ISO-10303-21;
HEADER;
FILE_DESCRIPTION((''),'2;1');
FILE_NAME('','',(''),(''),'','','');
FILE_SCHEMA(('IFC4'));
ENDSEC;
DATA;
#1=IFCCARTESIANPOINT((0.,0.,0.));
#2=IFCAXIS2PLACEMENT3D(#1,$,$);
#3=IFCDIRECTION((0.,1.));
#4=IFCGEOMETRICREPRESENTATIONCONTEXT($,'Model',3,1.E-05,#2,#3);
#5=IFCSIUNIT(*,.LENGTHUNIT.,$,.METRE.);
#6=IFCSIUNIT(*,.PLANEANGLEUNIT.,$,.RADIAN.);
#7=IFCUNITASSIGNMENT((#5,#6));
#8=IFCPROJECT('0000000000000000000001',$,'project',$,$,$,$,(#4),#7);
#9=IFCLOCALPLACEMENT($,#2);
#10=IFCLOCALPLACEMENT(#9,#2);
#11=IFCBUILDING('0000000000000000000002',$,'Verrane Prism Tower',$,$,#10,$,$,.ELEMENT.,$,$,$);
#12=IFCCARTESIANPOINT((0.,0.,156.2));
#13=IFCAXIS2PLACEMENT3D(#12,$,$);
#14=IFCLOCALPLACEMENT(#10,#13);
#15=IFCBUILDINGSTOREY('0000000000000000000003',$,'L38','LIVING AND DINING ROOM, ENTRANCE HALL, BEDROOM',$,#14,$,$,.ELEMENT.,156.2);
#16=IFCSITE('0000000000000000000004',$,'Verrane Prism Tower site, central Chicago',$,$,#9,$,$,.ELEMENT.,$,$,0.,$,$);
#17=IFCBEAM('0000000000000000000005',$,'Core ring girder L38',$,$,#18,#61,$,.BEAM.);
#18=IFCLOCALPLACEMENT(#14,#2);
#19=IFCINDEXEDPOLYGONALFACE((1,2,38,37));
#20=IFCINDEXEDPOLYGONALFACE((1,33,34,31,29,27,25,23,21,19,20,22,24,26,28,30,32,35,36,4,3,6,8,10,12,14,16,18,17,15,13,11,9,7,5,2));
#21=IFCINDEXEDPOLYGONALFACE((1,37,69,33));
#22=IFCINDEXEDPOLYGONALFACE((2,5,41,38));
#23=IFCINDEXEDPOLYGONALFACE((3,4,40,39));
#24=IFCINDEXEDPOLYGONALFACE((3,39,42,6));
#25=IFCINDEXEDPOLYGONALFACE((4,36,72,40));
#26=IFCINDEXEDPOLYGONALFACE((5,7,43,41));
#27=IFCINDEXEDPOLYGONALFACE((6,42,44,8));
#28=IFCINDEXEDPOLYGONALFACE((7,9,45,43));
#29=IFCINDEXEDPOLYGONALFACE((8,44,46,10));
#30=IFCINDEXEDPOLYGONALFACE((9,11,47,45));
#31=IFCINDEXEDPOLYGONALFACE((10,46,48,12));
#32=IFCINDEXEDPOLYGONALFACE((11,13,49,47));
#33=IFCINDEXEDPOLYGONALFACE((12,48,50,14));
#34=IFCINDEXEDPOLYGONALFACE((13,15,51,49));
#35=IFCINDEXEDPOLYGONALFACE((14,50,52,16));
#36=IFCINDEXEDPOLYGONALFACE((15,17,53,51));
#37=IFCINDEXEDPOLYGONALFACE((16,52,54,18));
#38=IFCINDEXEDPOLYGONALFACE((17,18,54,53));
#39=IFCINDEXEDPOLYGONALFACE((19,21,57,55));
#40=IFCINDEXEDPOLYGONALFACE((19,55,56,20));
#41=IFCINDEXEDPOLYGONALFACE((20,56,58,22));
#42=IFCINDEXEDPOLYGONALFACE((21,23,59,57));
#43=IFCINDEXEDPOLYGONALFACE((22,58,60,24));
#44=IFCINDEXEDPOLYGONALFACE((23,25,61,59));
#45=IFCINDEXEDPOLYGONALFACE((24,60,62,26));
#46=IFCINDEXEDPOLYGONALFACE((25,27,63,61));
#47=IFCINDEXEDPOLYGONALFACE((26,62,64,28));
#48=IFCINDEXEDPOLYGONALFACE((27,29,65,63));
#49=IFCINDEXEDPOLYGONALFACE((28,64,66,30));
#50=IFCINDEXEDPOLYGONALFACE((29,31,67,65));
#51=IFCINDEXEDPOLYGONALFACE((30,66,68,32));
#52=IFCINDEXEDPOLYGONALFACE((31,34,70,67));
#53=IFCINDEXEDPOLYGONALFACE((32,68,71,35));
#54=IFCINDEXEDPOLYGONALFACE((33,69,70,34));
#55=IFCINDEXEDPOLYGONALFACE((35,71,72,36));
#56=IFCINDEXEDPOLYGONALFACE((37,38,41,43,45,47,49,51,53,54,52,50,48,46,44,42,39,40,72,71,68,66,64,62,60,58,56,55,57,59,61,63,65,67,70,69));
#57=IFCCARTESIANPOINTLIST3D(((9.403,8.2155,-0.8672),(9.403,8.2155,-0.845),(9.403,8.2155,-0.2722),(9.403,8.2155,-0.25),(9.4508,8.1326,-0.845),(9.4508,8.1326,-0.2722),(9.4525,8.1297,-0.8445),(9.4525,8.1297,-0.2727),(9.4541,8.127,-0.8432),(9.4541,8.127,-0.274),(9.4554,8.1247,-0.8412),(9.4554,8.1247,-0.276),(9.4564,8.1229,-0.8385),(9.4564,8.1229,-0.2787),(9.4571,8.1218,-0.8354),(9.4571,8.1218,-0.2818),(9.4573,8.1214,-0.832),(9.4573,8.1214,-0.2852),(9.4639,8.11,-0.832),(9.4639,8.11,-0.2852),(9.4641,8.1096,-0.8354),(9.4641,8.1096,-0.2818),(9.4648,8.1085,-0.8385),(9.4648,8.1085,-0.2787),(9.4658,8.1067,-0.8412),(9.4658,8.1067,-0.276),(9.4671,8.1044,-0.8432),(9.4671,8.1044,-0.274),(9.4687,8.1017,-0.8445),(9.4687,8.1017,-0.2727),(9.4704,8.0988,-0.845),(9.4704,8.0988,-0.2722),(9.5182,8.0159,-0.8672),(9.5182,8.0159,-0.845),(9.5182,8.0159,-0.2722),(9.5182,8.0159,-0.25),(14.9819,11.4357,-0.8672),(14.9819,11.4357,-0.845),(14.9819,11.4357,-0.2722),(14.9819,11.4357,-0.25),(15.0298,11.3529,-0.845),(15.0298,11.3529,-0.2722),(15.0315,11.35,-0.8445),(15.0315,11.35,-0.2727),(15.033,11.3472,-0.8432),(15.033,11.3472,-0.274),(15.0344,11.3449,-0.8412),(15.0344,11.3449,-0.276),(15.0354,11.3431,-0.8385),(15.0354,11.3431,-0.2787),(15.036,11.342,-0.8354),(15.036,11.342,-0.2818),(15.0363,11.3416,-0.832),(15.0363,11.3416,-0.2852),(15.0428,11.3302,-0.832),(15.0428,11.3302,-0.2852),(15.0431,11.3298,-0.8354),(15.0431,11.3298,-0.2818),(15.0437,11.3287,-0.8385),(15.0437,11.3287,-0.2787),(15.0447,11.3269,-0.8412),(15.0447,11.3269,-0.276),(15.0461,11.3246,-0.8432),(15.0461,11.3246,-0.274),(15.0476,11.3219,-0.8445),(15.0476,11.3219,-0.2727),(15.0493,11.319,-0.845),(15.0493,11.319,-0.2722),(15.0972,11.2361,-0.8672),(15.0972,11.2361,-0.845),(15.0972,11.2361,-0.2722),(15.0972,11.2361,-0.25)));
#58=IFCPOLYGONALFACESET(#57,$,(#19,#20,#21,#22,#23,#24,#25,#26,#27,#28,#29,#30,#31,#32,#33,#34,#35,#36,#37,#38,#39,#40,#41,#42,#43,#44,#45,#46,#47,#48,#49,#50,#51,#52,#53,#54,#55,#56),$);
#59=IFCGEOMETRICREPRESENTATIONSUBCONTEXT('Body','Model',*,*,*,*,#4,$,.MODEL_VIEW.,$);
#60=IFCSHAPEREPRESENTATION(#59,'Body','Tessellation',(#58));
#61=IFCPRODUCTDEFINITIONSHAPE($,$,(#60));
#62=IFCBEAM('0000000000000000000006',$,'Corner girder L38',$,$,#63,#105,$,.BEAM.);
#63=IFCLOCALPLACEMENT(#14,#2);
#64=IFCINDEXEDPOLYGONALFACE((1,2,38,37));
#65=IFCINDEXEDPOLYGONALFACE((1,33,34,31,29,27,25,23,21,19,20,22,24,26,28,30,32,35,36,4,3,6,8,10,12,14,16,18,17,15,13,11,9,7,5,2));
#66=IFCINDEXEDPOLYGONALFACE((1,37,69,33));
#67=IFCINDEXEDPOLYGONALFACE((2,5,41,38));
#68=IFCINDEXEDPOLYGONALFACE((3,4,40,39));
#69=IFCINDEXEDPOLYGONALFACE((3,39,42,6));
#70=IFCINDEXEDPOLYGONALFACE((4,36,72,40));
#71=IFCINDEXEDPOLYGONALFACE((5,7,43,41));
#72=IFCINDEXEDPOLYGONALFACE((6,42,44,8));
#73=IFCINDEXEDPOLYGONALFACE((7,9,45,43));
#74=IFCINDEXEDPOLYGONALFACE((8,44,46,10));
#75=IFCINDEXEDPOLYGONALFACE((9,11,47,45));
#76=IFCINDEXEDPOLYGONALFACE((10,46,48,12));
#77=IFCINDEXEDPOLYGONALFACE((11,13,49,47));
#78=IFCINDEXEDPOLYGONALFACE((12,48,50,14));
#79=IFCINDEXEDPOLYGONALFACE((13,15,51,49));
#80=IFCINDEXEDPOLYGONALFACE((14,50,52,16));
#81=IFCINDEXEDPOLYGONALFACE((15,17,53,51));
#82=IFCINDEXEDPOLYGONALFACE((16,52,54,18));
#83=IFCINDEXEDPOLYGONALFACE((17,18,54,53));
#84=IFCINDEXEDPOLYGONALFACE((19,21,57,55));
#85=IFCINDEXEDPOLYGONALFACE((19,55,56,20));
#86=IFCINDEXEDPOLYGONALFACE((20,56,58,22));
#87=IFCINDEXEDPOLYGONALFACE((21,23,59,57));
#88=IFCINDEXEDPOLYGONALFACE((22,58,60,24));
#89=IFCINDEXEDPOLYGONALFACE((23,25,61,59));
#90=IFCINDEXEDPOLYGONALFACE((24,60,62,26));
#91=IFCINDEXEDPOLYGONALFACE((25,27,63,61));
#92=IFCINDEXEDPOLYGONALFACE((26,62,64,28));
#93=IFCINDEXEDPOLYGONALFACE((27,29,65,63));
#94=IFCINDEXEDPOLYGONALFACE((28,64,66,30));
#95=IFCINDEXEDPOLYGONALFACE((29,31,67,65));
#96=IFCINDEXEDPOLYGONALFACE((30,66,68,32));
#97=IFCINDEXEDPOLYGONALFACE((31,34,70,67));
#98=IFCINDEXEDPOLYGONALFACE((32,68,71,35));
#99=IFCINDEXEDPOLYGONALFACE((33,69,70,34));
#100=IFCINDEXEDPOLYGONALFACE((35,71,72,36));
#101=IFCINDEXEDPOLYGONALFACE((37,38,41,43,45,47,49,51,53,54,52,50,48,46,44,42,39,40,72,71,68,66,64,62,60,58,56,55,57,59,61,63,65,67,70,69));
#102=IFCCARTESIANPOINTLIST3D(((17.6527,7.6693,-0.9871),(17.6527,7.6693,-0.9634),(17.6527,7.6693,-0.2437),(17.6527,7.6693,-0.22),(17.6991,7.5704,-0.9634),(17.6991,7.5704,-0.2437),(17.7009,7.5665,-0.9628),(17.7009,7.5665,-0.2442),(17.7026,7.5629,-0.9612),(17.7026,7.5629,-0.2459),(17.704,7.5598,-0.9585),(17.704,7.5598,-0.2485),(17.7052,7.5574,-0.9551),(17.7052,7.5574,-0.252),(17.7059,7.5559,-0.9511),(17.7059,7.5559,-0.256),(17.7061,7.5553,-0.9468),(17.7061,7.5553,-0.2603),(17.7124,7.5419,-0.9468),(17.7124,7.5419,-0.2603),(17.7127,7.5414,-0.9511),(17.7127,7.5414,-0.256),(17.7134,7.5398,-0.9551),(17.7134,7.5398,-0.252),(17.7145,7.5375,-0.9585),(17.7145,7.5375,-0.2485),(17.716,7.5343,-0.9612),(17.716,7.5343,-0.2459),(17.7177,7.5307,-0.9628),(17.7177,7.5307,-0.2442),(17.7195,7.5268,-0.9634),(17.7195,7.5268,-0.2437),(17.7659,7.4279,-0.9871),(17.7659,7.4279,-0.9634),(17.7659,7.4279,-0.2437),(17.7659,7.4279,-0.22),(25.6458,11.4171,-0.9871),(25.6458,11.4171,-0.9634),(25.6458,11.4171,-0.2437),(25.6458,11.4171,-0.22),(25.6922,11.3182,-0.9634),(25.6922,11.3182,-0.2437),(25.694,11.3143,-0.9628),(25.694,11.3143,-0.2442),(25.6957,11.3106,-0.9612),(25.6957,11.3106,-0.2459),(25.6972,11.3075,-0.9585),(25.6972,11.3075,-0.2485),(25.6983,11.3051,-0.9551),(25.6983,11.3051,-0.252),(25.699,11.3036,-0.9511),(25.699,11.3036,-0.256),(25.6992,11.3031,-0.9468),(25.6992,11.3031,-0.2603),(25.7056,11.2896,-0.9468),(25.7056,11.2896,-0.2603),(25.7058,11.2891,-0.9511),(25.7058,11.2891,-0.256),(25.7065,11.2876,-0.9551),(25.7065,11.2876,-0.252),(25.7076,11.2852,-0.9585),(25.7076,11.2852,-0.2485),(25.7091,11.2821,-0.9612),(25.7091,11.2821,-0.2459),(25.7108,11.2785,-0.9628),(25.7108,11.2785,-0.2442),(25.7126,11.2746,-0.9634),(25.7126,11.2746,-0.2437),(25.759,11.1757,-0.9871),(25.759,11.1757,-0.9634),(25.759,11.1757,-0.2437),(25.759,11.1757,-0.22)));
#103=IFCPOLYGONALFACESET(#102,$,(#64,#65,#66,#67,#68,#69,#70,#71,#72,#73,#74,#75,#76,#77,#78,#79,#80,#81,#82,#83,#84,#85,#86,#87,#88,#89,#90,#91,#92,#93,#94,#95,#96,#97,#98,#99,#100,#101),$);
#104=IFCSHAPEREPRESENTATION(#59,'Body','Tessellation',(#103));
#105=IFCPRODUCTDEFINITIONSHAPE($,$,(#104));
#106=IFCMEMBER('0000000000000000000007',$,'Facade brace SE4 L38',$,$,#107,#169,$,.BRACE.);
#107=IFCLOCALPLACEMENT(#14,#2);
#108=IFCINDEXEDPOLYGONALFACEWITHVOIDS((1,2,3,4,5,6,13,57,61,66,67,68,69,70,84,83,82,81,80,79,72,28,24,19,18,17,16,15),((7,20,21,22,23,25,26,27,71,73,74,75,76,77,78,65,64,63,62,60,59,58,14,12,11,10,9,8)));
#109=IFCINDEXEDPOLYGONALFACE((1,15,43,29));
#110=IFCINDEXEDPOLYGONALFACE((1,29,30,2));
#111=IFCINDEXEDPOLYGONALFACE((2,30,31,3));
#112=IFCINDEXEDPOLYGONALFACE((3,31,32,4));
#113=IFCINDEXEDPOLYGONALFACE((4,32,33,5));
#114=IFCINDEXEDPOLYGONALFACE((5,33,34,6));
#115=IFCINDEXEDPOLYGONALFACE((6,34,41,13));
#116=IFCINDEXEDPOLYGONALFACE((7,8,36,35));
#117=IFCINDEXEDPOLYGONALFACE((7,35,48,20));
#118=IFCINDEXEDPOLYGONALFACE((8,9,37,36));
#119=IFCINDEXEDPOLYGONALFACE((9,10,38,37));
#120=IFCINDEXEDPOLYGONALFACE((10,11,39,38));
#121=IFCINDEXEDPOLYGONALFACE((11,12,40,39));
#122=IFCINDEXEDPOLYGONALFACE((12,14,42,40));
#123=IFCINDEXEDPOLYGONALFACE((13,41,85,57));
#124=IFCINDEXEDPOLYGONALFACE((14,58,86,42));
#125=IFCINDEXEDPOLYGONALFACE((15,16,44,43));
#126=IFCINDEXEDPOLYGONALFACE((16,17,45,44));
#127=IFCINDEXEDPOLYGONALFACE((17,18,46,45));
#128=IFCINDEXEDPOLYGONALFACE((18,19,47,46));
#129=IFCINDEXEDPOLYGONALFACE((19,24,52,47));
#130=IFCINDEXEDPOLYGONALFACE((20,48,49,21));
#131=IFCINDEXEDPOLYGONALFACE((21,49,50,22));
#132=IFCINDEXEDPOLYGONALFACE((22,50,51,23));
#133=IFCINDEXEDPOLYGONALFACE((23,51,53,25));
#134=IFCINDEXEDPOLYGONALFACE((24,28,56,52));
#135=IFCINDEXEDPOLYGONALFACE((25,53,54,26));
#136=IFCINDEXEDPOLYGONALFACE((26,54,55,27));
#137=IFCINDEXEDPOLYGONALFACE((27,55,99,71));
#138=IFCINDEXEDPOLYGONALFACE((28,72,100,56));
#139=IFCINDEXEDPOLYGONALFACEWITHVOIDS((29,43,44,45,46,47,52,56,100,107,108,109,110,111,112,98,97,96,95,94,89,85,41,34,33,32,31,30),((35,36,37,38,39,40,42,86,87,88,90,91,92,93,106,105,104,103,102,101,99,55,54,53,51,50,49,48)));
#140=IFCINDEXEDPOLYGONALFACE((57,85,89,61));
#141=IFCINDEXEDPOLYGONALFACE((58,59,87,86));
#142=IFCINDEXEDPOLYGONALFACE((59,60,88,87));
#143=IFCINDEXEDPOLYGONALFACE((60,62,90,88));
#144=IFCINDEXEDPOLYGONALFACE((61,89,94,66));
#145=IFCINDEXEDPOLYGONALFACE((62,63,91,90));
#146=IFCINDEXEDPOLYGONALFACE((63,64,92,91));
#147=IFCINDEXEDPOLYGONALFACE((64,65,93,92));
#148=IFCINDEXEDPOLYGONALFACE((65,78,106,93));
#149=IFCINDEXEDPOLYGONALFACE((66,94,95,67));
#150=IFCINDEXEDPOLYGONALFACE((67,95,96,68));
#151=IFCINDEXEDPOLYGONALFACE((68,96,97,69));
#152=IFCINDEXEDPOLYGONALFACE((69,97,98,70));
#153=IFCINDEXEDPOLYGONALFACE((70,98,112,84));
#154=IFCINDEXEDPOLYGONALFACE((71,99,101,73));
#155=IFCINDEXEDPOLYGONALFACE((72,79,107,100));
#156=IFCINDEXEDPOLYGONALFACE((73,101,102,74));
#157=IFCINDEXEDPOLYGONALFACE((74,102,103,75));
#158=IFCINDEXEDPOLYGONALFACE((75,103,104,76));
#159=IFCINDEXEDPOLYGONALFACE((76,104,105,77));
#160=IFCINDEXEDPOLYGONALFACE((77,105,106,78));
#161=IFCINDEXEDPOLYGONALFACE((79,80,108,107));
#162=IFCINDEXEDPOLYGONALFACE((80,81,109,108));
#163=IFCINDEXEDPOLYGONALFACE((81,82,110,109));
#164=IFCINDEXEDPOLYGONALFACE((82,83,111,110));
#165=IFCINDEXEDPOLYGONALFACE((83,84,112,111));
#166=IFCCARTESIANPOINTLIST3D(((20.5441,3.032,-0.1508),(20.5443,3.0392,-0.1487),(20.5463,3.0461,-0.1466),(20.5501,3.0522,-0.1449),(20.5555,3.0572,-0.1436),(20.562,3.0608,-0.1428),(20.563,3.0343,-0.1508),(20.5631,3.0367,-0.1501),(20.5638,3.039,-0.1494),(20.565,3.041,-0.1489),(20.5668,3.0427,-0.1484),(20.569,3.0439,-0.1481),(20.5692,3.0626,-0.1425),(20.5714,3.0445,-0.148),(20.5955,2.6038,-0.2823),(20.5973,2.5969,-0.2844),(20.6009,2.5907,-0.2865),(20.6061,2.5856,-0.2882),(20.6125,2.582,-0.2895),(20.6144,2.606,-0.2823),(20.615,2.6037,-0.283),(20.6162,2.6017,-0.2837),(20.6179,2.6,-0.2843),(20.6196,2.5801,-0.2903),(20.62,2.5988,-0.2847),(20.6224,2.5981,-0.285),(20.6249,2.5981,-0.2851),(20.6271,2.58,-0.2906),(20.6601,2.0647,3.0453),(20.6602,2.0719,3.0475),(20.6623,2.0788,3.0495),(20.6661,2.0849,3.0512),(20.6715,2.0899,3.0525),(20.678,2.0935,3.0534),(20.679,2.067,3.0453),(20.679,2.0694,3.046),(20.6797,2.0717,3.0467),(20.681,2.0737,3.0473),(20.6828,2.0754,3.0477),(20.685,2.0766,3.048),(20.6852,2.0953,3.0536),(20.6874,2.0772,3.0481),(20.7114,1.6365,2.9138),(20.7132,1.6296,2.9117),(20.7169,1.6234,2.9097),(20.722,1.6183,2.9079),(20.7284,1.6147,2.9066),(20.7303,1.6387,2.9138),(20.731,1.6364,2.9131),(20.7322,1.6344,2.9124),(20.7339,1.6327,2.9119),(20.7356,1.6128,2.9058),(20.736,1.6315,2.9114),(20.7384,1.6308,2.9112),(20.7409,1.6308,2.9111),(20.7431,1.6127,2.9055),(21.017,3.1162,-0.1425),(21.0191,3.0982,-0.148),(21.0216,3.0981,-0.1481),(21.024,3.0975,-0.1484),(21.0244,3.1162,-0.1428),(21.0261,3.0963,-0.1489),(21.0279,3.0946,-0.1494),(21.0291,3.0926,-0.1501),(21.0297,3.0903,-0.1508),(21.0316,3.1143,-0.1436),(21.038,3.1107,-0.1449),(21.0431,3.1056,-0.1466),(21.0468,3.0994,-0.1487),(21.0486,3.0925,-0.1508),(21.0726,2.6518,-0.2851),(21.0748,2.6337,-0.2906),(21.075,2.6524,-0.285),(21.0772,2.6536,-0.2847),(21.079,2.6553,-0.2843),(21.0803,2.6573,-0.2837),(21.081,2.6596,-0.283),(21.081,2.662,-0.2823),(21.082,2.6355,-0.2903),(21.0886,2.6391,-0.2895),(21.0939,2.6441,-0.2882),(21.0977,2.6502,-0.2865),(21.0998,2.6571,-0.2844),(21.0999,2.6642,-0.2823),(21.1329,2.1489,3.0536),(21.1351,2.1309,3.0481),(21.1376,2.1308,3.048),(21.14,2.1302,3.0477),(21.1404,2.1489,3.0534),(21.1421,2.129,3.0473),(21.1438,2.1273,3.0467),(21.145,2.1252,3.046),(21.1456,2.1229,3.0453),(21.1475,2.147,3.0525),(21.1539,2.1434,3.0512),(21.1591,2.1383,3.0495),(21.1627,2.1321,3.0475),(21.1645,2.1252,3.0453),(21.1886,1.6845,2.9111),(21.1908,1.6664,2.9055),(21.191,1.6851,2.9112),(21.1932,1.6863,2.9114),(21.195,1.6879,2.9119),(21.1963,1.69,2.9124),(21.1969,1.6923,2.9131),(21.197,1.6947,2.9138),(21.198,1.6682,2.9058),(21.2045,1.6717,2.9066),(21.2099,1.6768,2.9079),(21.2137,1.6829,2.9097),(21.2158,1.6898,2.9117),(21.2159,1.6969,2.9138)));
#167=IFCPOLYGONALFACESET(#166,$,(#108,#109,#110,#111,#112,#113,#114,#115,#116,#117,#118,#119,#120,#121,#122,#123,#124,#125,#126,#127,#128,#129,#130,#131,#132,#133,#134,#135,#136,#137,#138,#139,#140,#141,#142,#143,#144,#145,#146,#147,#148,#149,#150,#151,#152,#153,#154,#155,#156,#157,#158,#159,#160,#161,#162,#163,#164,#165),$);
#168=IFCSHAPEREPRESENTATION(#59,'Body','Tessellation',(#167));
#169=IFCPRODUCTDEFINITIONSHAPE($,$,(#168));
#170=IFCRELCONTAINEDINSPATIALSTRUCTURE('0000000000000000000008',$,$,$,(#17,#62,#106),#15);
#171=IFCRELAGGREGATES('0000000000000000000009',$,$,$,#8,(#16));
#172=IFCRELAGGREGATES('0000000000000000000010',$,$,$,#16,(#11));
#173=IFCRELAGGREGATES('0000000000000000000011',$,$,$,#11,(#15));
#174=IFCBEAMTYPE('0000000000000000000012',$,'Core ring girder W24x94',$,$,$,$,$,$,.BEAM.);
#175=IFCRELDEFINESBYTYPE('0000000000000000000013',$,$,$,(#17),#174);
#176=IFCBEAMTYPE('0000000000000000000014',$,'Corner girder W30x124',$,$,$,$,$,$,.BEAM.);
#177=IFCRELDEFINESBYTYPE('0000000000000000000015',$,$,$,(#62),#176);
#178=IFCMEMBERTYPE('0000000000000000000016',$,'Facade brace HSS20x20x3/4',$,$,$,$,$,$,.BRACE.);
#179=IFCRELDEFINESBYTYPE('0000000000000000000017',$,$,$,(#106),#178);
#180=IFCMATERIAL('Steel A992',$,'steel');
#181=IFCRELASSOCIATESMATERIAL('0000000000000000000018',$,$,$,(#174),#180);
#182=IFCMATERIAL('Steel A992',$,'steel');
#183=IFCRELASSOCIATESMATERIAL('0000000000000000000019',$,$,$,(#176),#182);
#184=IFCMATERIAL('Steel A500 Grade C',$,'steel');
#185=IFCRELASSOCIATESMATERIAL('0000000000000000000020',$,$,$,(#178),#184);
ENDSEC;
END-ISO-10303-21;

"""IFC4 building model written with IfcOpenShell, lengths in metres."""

from ifc_helpers import new_model, si_unit, direction, frame, origin, origin_2d, place, context, subcontext, project, spatial, hollow_rectangle, i_section, extrude, material, material_profile, profile_set, type_object, element, save


model = new_model("IFC4")

# Units and contexts
model_context = context("Model", 3, precision=1e-05, world=origin(), true_north=direction((0.0, 1.0)))
body_context = subcontext(model_context, "Body", "Model", "MODEL_VIEW")
ifc_project = project(units=[si_unit("LENGTHUNIT", "METRE"), si_unit("PLANEANGLEUNIT", "RADIAN")], contexts=[model_context])

# Site, building, storey
site_placement = place(None, origin())
site = spatial("IfcSite", under=ifc_project, at=site_placement, Name="Verrane Prism Tower site, central Chicago", CompositionType="ELEMENT", RefElevation=0.0)
building_placement = place(site_placement, origin())
building = spatial("IfcBuilding", under=site, at=building_placement, Name="Verrane Prism Tower", CompositionType="ELEMENT")
storey_placement = place(building_placement, frame((0.0, 0.0, 156.2)))
storey = spatial("IfcBuildingStorey", under=building, at=storey_placement, Name="L38", Description="LIVING AND DINING ROOM, ENTRANCE HALL, BEDROOM", CompositionType="ELEMENT", Elevation=156.2)

# Beams
ifc_material_1 = material(Name="Steel A992", Category="steel")
ifc_material_profile_1 = material_profile(ifc_material_1, i_section(OverallWidth=0.2305, OverallDepth=0.6172, WebThickness=0.0132, FlangeThickness=0.0222, FilletRadius=0.0129, at=origin_2d()), Name="W24x94")
ifc_profile_set_1 = profile_set([ifc_material_profile_1], Name="Steel A992")
beam_type_1 = type_object("IfcBeamType", Name="Core ring girder W24x94", PredefinedType="BEAM", material=ifc_profile_set_1)
beam_1_placement = place(storey_placement, frame((15.0396, 11.3359, -0.5586), z_axis=(-0.866075, -0.499914, 0.0), x_axis=(0.499914, -0.866075, 0.0)))
element("IfcBeam", 1, at=beam_1_placement, inside=storey, type_object=beam_type_1, Name="Core ring girder L38", PredefinedType="BEAM", context=body_context, shape_type="SweptSolid", body=[
    extrude(i_section(OverallWidth=0.2305, OverallDepth=0.6172, WebThickness=0.0132, FlangeThickness=0.0222, FilletRadius=0.0129, at=origin_2d()), origin(), (0.0, 0.0, 1.0), 6.4417),
])
ifc_material_2 = material(Name="Steel A992", Category="steel")
ifc_material_profile_2 = material_profile(ifc_material_2, i_section(OverallWidth=0.2666, OverallDepth=0.7671, WebThickness=0.0149, FlangeThickness=0.0237, FilletRadius=0.0166, at=origin_2d()), Name="W30x124")
ifc_profile_set_2 = profile_set([ifc_material_profile_2], Name="Steel A992")
beam_type_2 = type_object("IfcBeamType", Name="Corner girder W30x124", PredefinedType="BEAM", material=ifc_profile_set_2)
beam_2_placement = place(storey_placement, frame((25.7024, 11.2964, -0.6035), z_axis=(-0.905415, -0.424527, 0.0), x_axis=(0.424527, -0.905415, 0.0)))
element("IfcBeam", 2, at=beam_2_placement, inside=storey, type_object=beam_type_2, Name="Corner girder L38", PredefinedType="BEAM", context=body_context, shape_type="SweptSolid", body=[
    extrude(i_section(OverallWidth=0.2666, OverallDepth=0.7671, WebThickness=0.0149, FlangeThickness=0.0237, FilletRadius=0.0166, at=origin_2d()), origin(), (0.0, 0.0, 1.0), 8.8281),
])

# Member
ifc_material_3 = material(Name="Steel A500 Grade C", Category="steel")
ifc_material_profile_3 = material_profile(ifc_material_3, hollow_rectangle(XDim=0.5081, YDim=0.5081, WallThickness=0.019, InnerFilletRadius=0.0095, OuterFilletRadius=0.0286, at=origin_2d()), Name="HSS20x20x3/4")
ifc_profile_set_3 = profile_set([ifc_material_profile_3], Name="Steel A500 Grade C")
member_type_1 = type_object("IfcMemberType", Name="Facade brace HSS20x20x3/4", PredefinedType="BRACE", material=ifc_profile_set_3)
member_1_placement = place(storey_placement, frame((20.822, 2.8481, -0.2166), z_axis=(0.034708, -0.2895, 0.956549), x_axis=(0.99289, 0.119037, 0.0)))
element("IfcMember", 3, at=member_1_placement, inside=storey, type_object=member_type_1, Name="Facade brace SE4 L38", PredefinedType="BRACE", context=body_context, shape_type="SweptSolid", body=[
    extrude(hollow_rectangle(XDim=0.5081, YDim=0.5081, WallThickness=0.019, InnerFilletRadius=0.0095, OuterFilletRadius=0.0286, at=origin_2d()), origin(), (0.0, 0.0, 1.0), 3.3413),
])

save(model, "model.ifc")
